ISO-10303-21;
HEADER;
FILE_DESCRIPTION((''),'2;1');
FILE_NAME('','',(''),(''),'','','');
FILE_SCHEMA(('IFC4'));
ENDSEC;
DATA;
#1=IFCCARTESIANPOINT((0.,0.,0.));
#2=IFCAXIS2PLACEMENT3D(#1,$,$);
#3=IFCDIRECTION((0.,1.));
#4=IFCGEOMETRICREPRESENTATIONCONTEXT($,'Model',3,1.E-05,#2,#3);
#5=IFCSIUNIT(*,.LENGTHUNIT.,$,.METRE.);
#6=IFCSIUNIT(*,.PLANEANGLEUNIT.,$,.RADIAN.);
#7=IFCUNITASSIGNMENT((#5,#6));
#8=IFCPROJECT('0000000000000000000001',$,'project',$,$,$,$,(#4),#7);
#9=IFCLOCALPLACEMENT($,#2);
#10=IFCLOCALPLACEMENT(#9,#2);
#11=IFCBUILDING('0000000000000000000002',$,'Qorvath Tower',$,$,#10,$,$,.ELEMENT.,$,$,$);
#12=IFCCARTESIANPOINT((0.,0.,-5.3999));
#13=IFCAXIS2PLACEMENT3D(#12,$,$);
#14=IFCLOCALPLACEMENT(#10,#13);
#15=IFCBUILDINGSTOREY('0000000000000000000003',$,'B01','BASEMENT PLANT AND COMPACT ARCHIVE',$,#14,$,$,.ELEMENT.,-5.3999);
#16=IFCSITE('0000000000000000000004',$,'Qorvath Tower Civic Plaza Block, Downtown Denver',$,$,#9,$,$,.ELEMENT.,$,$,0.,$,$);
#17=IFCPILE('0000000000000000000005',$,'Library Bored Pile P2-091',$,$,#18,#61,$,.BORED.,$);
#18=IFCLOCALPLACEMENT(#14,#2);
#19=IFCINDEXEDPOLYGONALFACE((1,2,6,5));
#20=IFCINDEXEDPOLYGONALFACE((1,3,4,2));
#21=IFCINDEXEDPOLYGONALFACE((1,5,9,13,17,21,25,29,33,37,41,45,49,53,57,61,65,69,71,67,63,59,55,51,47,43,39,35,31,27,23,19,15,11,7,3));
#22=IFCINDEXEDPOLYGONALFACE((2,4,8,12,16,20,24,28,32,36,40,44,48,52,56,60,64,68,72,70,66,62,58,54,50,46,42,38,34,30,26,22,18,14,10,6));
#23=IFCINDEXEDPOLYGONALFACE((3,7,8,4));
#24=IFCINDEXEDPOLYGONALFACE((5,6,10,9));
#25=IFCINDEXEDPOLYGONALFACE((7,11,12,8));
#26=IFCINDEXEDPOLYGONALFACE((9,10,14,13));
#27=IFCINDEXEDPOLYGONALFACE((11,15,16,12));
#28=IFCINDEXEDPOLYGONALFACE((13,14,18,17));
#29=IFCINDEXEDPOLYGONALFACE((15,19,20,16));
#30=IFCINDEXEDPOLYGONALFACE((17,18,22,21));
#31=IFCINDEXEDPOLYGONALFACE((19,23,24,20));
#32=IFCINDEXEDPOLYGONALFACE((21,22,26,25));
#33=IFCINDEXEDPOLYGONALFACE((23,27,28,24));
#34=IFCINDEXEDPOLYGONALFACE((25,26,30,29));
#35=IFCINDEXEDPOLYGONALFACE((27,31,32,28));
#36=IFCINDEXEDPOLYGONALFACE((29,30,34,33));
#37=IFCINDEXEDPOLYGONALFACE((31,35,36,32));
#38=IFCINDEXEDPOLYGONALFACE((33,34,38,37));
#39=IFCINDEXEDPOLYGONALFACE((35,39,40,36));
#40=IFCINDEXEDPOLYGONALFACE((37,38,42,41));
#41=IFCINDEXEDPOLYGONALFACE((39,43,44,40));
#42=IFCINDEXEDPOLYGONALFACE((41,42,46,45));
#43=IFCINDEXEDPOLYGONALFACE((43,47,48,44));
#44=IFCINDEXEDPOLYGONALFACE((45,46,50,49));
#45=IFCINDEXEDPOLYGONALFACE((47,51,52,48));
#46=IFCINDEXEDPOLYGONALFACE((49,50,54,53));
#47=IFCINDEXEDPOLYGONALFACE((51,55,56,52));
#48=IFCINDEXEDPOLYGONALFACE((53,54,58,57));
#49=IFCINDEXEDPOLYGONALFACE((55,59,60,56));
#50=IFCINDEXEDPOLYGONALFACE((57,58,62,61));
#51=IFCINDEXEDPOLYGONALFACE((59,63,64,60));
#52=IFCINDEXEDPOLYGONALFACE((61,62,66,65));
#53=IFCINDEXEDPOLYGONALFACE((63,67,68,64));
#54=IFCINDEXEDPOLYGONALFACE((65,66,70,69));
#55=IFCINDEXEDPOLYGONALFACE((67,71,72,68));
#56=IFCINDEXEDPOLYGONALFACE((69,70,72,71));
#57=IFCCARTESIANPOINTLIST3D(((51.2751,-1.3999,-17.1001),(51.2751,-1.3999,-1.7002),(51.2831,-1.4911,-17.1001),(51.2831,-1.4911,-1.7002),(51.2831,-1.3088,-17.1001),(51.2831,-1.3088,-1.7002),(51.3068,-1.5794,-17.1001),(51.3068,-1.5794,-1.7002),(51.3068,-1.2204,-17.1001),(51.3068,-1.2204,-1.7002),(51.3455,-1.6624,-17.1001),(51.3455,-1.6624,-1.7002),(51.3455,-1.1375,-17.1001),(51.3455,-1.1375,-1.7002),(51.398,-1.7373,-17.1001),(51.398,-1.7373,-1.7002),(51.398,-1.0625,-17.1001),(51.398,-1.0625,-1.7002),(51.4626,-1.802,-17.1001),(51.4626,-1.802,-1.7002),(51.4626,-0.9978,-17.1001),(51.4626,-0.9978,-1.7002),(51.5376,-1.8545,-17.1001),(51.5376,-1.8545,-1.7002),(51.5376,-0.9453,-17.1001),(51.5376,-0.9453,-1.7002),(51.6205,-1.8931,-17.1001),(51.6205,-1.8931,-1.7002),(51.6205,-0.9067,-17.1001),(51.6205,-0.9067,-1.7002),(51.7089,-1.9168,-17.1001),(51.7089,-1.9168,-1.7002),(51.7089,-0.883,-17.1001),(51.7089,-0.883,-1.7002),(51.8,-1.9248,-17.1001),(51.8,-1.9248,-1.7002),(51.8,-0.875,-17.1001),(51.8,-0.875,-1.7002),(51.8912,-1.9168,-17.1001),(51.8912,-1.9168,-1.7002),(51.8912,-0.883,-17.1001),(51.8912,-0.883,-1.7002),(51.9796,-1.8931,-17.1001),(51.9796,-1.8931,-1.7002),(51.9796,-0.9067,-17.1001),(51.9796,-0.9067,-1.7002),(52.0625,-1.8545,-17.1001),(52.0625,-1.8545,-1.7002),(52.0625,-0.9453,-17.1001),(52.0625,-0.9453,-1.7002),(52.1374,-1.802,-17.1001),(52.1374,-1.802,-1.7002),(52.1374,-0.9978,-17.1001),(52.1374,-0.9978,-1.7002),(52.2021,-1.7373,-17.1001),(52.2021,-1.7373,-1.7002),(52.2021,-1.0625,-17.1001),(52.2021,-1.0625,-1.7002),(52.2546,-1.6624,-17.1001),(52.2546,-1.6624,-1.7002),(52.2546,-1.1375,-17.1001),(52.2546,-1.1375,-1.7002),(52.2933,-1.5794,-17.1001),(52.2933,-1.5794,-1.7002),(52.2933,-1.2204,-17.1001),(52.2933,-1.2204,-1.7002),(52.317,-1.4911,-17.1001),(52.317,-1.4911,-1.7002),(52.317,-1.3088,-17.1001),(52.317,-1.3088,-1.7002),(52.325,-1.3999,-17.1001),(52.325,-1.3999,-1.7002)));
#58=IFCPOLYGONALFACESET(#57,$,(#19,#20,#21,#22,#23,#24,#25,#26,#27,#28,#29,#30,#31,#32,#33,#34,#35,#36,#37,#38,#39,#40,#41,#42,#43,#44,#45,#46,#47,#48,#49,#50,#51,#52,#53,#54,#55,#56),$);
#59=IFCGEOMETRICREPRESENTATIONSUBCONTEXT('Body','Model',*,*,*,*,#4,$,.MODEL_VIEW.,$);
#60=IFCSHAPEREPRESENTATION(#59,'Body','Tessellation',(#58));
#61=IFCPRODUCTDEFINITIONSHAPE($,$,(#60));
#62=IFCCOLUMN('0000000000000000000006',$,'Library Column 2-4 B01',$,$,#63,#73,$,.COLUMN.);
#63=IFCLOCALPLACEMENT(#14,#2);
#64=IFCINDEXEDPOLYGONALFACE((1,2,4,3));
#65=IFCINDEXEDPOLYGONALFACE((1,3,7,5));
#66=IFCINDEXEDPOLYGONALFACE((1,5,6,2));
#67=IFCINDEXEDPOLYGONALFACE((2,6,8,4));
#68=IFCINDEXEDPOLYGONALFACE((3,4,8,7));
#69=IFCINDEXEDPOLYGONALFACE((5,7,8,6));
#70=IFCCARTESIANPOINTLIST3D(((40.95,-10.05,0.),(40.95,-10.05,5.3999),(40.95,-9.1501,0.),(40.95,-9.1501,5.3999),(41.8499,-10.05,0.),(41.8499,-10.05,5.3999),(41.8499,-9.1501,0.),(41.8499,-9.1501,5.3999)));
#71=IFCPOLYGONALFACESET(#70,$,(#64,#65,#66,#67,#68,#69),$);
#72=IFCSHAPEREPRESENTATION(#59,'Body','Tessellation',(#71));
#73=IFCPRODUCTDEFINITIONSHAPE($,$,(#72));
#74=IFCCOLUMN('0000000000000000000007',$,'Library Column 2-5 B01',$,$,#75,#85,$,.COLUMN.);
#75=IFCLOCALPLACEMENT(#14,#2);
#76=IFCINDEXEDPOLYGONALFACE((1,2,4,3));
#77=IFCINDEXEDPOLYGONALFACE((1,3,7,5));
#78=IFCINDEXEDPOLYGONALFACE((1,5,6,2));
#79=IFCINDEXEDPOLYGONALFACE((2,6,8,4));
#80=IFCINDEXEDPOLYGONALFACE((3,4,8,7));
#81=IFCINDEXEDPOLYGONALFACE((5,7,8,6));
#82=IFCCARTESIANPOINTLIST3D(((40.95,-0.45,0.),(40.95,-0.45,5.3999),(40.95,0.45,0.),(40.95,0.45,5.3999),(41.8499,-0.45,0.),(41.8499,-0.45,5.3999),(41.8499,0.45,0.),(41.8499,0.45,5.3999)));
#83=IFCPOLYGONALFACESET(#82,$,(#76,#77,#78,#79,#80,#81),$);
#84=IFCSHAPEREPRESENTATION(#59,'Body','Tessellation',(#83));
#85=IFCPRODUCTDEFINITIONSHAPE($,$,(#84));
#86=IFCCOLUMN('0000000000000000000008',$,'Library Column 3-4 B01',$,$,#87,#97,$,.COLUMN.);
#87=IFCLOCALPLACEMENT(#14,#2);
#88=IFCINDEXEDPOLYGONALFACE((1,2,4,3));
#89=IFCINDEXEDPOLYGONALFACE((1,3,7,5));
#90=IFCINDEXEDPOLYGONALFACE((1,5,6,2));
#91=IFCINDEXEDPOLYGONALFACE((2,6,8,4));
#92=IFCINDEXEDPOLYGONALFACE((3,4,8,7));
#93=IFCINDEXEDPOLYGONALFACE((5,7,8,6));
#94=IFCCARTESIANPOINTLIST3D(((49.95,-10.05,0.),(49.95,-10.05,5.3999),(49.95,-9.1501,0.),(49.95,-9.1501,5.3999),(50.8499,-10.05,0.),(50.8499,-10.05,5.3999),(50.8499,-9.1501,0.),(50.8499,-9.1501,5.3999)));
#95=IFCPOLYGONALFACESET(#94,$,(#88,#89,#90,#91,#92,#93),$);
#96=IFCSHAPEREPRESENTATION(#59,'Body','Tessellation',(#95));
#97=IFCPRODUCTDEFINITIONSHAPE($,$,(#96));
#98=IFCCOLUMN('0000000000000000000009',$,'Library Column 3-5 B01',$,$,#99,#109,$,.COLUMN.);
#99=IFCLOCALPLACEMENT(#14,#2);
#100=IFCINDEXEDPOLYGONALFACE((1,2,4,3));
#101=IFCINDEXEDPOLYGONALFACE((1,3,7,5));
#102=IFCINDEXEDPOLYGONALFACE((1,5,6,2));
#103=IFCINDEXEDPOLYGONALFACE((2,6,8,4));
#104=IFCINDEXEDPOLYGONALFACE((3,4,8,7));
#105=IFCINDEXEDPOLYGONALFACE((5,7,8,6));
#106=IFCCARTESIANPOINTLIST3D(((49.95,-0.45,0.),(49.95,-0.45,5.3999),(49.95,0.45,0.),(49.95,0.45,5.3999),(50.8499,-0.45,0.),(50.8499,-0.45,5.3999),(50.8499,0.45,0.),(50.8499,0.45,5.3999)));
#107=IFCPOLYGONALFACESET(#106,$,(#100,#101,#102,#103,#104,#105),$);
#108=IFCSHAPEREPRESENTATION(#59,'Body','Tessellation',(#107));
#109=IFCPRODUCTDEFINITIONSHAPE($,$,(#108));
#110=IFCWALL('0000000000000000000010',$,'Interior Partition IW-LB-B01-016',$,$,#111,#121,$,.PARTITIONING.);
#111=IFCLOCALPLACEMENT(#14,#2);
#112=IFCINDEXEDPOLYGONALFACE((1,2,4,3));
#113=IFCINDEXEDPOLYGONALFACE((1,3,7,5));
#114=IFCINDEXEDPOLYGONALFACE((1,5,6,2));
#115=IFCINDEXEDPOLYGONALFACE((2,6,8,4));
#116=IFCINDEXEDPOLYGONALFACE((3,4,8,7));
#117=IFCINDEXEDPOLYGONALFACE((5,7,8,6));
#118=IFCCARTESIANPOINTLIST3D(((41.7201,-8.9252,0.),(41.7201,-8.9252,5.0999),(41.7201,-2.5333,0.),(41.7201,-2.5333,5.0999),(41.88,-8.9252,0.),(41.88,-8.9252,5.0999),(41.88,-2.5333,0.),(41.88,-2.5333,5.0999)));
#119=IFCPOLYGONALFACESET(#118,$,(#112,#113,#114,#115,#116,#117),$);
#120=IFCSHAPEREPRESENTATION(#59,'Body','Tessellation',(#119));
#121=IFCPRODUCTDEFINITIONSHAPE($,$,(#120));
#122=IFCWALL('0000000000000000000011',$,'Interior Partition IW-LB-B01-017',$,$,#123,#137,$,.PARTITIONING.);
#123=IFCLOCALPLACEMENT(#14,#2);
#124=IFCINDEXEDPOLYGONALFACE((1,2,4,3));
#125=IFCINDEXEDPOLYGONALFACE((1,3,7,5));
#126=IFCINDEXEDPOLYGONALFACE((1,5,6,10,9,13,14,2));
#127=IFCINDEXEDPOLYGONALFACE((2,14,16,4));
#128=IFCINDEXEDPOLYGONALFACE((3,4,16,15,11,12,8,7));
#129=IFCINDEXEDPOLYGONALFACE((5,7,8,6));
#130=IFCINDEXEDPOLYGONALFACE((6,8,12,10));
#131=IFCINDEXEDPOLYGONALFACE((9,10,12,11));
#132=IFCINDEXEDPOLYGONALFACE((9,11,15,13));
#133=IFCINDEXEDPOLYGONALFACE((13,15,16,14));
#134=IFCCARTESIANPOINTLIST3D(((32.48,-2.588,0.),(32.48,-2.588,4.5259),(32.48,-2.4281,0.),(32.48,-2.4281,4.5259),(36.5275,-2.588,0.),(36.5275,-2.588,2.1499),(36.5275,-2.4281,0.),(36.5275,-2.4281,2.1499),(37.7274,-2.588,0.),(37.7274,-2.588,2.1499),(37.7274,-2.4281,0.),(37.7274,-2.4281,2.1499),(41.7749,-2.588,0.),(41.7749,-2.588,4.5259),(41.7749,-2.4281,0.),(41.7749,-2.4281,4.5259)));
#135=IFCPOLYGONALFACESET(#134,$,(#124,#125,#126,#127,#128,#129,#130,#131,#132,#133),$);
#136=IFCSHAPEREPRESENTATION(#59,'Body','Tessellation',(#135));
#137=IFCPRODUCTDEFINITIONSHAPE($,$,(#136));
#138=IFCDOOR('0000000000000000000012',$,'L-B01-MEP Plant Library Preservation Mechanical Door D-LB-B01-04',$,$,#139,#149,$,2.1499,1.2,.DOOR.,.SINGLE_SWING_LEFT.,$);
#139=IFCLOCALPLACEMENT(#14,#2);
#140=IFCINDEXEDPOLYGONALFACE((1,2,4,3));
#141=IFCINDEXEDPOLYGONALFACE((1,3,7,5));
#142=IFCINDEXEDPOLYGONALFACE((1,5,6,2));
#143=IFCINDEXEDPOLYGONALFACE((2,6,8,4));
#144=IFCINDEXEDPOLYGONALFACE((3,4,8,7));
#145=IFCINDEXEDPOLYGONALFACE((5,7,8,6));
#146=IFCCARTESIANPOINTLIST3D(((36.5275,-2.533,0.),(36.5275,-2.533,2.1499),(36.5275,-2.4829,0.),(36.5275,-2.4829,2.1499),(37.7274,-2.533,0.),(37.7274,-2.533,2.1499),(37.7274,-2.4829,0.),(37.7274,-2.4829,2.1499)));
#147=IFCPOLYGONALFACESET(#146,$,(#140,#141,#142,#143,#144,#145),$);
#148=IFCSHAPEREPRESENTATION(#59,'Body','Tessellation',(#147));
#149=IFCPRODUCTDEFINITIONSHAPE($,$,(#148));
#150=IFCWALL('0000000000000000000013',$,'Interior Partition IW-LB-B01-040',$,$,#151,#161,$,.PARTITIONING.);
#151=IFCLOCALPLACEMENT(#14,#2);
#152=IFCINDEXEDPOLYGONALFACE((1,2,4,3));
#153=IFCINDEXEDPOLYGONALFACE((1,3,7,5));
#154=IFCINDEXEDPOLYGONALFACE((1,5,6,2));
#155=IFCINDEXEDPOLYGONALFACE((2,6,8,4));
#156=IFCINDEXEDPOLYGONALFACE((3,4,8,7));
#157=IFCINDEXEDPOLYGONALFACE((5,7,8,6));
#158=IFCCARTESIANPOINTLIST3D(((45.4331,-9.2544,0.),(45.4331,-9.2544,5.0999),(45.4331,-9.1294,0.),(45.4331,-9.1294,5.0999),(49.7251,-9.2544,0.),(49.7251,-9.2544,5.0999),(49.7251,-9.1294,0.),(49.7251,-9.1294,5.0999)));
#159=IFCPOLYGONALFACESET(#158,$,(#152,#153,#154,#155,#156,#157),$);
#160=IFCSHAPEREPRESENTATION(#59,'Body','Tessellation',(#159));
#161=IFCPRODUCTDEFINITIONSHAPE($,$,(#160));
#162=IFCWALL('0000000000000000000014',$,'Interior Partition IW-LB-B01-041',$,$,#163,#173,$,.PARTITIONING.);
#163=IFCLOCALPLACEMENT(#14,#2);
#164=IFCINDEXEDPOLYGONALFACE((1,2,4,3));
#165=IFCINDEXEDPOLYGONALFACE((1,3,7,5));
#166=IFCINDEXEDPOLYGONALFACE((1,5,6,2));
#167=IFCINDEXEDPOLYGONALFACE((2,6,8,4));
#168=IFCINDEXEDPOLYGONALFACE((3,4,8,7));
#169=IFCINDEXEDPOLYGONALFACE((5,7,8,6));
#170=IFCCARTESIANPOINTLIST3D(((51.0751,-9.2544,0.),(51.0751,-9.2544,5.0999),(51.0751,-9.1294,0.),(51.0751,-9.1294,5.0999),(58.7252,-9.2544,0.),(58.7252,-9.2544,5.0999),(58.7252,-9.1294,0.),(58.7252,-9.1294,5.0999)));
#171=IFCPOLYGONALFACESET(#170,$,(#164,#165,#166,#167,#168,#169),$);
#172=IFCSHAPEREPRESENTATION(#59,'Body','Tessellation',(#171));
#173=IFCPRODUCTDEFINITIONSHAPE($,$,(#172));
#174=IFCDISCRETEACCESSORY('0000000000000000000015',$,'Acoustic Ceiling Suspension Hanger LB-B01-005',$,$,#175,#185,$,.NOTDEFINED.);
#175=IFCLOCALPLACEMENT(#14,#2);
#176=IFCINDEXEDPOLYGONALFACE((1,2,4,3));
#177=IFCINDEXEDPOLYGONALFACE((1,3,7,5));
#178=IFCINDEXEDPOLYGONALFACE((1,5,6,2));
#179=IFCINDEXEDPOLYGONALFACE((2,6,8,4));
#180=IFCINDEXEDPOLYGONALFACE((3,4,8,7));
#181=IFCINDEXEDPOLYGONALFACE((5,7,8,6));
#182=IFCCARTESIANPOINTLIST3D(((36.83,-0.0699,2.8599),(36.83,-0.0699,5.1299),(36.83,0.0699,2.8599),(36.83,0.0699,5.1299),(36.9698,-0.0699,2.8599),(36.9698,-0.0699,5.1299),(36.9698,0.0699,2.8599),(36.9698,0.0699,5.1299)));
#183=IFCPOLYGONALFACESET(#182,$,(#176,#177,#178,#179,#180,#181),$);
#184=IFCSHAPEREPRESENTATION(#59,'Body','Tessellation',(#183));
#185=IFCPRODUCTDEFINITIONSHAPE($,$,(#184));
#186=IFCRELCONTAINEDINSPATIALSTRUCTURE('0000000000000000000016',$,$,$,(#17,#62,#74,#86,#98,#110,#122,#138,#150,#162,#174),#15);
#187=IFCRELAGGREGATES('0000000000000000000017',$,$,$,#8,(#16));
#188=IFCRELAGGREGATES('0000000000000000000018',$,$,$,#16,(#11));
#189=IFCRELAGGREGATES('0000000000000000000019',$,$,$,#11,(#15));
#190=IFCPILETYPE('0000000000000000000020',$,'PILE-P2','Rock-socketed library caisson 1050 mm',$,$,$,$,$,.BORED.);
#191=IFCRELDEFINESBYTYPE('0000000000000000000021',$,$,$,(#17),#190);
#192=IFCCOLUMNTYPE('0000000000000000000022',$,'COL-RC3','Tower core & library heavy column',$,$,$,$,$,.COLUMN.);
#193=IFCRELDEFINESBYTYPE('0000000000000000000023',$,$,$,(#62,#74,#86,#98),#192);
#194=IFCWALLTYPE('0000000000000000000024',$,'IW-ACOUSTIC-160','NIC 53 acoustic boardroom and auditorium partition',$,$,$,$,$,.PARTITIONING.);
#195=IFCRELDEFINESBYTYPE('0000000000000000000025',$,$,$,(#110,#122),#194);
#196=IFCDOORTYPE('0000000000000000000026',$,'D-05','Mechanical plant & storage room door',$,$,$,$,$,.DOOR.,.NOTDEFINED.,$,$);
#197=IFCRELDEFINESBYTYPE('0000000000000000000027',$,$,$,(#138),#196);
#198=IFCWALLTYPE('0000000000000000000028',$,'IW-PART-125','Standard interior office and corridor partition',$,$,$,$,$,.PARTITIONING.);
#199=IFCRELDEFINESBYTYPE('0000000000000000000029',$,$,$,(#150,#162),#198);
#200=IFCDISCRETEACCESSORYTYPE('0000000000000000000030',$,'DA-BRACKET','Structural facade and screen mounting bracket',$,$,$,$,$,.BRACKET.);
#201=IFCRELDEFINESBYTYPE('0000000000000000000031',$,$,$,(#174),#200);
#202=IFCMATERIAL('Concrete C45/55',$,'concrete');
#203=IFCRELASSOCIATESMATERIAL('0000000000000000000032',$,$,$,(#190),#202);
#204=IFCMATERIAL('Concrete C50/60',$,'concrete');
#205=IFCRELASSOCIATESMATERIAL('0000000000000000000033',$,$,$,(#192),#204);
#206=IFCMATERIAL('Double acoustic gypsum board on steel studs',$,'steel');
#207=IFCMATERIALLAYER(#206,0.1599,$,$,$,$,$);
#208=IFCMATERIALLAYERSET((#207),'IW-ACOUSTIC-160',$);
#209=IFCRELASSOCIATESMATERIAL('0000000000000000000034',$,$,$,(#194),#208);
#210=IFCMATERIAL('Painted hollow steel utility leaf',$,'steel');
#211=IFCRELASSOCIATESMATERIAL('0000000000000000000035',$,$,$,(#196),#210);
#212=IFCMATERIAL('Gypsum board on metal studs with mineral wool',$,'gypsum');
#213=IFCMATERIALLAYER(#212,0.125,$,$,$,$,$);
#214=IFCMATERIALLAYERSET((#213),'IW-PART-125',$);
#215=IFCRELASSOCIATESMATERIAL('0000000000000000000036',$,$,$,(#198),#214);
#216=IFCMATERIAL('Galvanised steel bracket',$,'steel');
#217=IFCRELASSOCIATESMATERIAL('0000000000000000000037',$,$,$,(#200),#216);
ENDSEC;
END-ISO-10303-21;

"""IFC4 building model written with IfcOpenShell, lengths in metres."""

from ifc_helpers import new_model, si_unit, direction, frame, frame_2d, origin, origin_2d, place, context, subcontext, project, spatial, rectangle, circle, extrude, material, layer, layer_set, material_profile, profile_set, type_object, element, fill, save


model = new_model("IFC4")

# Units and contexts
model_context = context("Model", 3, precision=1e-05, world=origin(), true_north=direction((0.0, 1.0)))
body_context = subcontext(model_context, "Body", "Model", "MODEL_VIEW")
ifc_project = project(units=[si_unit("LENGTHUNIT", "METRE"), si_unit("PLANEANGLEUNIT", "RADIAN")], contexts=[model_context])

# Site, building, storey
site_placement = place(None, origin())
site = spatial("IfcSite", under=ifc_project, at=site_placement, Name="Qorvath Tower Civic Plaza Block, Downtown Denver", CompositionType="ELEMENT", RefElevation=0.0)
building_placement = place(site_placement, origin())
building = spatial("IfcBuilding", under=site, at=building_placement, Name="Qorvath Tower", CompositionType="ELEMENT")
storey_placement = place(building_placement, frame((0.0, 0.0, -5.3999)))
storey = spatial("IfcBuildingStorey", under=building, at=storey_placement, Name="B01", Description="BASEMENT PLANT AND COMPACT ARCHIVE", CompositionType="ELEMENT", Elevation=-5.3999)

# Pile
ifc_material_1 = material(Name="Concrete C45/55", Category="concrete")
ifc_material_profile_1 = material_profile(ifc_material_1, circle(Radius=0.5249, at=origin_2d()), Name="BORED PILE 1050")
ifc_profile_set_1 = profile_set([ifc_material_profile_1], Name="Concrete C45/55")
pile_type = type_object("IfcPileType", Name="PILE-P2", Description="Rock-socketed library caisson 1050 mm", PredefinedType="BORED", material=ifc_profile_set_1)
for number, where, z_axis, x_axis, name in (
    (1, (51.8, -1.3999, -1.7002), (0.0, 0.0, -1.0), (1.0, 0.0, 0.0), "Library Bored Pile P2-091"),
):
    element("IfcPile", number, at=place(storey_placement, frame(where, z_axis=z_axis, x_axis=x_axis)), inside=storey, type_object=pile_type, Name=name, PredefinedType="BORED", context=body_context, shape_type="SweptSolid", body=[
        extrude(circle(Radius=0.5249, at=origin_2d()), origin(), (0.0, 0.0, 1.0), 15.3999),
    ])

# Columns
ifc_material_2 = material(Name="Concrete C50/60", Category="concrete")
ifc_material_profile_2 = material_profile(ifc_material_2, rectangle(XDim=0.8999, YDim=0.8999, at=origin_2d()), Name="RC 900x900")
ifc_profile_set_2 = profile_set([ifc_material_profile_2], Name="Concrete C50/60")
column_type = type_object("IfcColumnType", Name="COL-RC3", Description="Tower core & library heavy column", PredefinedType="COLUMN", material=ifc_profile_set_2)
for number, where, z_axis, x_axis, name in (
    (2, (41.3999, -9.6001, 0.0), (0.0, 0.0, 1.0), (1.0, 0.0, 0.0), "Library Column 2-4 B01"),
    (3, (41.3999, 0.0, 0.0), (0.0, 0.0, 1.0), (1.0, 0.0, 0.0), "Library Column 2-5 B01"),
    (4, (50.3999, -9.6001, 0.0), (0.0, 0.0, 1.0), (1.0, 0.0, 0.0), "Library Column 3-4 B01"),
    (5, (50.3999, 0.0, 0.0), (0.0, 0.0, 1.0), (1.0, 0.0, 0.0), "Library Column 3-5 B01"),
):
    element("IfcColumn", number, at=place(storey_placement, frame(where, z_axis=z_axis, x_axis=x_axis)), inside=storey, type_object=column_type, Name=name, PredefinedType="COLUMN", context=body_context, shape_type="SweptSolid", body=[
        extrude(rectangle(XDim=0.8999, YDim=0.8999, at=origin_2d()), origin(), (0.0, 0.0, 1.0), 5.3999),
    ])

# Wall
ifc_material_3 = material(Name="Double acoustic gypsum board on steel studs", Category="steel")
ifc_layer_1 = layer(ifc_material_3, 0.1599)
ifc_layer_set_1 = layer_set([ifc_layer_1], Name="IW-ACOUSTIC-160")
wall_type_1 = type_object("IfcWallType", Name="IW-ACOUSTIC-160", Description="NIC 53 acoustic boardroom and auditorium partition", PredefinedType="PARTITIONING", material=ifc_layer_set_1)
wall_1_placement = place(storey_placement, frame((41.8, -8.925, 0.0), z_axis=(0.0, 0.0, 1.0), x_axis=(0.0, 1.0, 0.0)))
element("IfcWall", 6, at=wall_1_placement, inside=storey, type_object=wall_type_1, Name="Interior Partition IW-LB-B01-016", PredefinedType="PARTITIONING", context=body_context, shape_type="SweptSolid", body=[
    extrude(rectangle(XDim=6.3918, YDim=0.1599, at=frame_2d((3.1958, 0.0))), origin(), (0.0, 0.0, 1.0), 5.0999),
])

# Wall, opening, door
wall_2_placement = place(storey_placement, frame((41.7749, -2.5081, 0.0), z_axis=(0.0, 0.0, 1.0), x_axis=(-1.0, 0.0, 0.0)))
wall_2 = element("IfcWall", 7, at=wall_2_placement, inside=storey, type_object=wall_type_1, Name="Interior Partition IW-LB-B01-017", PredefinedType="PARTITIONING", context=body_context, shape_type="SweptSolid", body=[
    extrude(rectangle(XDim=9.2949, YDim=0.1599, at=frame_2d((4.6475, 0.0))), origin(), (0.0, 0.0, 1.0), 4.5259),
])
opening_placement = place(wall_2_placement, frame((4.0474, 0.0, 0.0)))
opening = element("IfcOpeningElement", 8, at=opening_placement, cuts=wall_2, PredefinedType="OPENING", context=body_context, shape_type="SweptSolid", body=[
    extrude(rectangle(XDim=1.2, YDim=2.1499, at=frame_2d((0.6001, 1.075))), frame((0.0, 0.0898, 0.0), z_axis=(0.0, -1.0, 0.0), x_axis=(1.0, 0.0, 0.0)), (0.0, 0.0, 1.0), 0.1799),
])
ifc_material_4 = material(Name="Painted hollow steel utility leaf", Category="steel")
door_type = type_object("IfcDoorType", Name="D-05", Description="Mechanical plant & storage room door", OperationType="NOTDEFINED", PredefinedType="DOOR", material=ifc_material_4)
door_placement = place(opening_placement, origin())
door = element("IfcDoor", 9, at=door_placement, inside=storey, type_object=door_type, Name="L-B01-MEP Plant Library Preservation Mechanical Door D-LB-B01-04", OperationType="SINGLE_SWING_LEFT", OverallHeight=2.1499, OverallWidth=1.2, PredefinedType="DOOR", context=body_context, shape_type="SweptSolid", body=[
    extrude(rectangle(XDim=1.2, YDim=2.1499, at=frame_2d((0.6001, 1.075))), frame((0.0, 0.0249, 0.0), z_axis=(0.0, -1.0, 0.0), x_axis=(1.0, 0.0, 0.0)), (0.0, 0.0, 1.0), 0.05),
])
fill(opening, door)

# Walls
ifc_material_5 = material(Name="Gypsum board on metal studs with mineral wool", Category="gypsum")
ifc_layer_2 = layer(ifc_material_5, 0.125)
ifc_layer_set_2 = layer_set([ifc_layer_2], Name="IW-PART-125")
wall_type_2 = type_object("IfcWallType", Name="IW-PART-125", Description="Standard interior office and corridor partition", PredefinedType="PARTITIONING", material=ifc_layer_set_2)
wall_3_placement = place(storey_placement, frame((45.4331, -9.1919, 0.0), z_axis=(0.0, 0.0, 1.0), x_axis=(1.0, 0.0, 0.0)))
element("IfcWall", 10, at=wall_3_placement, inside=storey, type_object=wall_type_2, Name="Interior Partition IW-LB-B01-040", PredefinedType="PARTITIONING", context=body_context, shape_type="SweptSolid", body=[
    extrude(rectangle(XDim=4.292, YDim=0.125, at=frame_2d((2.146, 0.0))), origin(), (0.0, 0.0, 1.0), 5.0999),
])
wall_4_placement = place(storey_placement, frame((51.075, -9.1919, 0.0), z_axis=(0.0, 0.0, 1.0), x_axis=(1.0, 0.0, 0.0)))
element("IfcWall", 11, at=wall_4_placement, inside=storey, type_object=wall_type_2, Name="Interior Partition IW-LB-B01-041", PredefinedType="PARTITIONING", context=body_context, shape_type="SweptSolid", body=[
    extrude(rectangle(XDim=7.6501, YDim=0.125, at=frame_2d((3.8252, 0.0))), origin(), (0.0, 0.0, 1.0), 5.0999),
])

# Discrete accessory
ifc_material_6 = material(Name="Galvanised steel bracket", Category="steel")
discrete_accessory_type = type_object("IfcDiscreteAccessoryType", Name="DA-BRACKET", Description="Structural facade and screen mounting bracket", PredefinedType="BRACKET", material=ifc_material_6)
discrete_accessory_placement = place(storey_placement, frame((36.8999, 0.0, 2.8599), z_axis=(0.0, 0.0, 1.0), x_axis=(1.0, 0.0, 0.0)))
element("IfcDiscreteAccessory", 12, at=discrete_accessory_placement, inside=storey, type_object=discrete_accessory_type, Name="Acoustic Ceiling Suspension Hanger LB-B01-005", PredefinedType="NOTDEFINED", context=body_context, shape_type="SweptSolid", body=[
    extrude(rectangle(XDim=0.1399, YDim=0.1399, at=origin_2d()), origin(), (0.0, 0.0, 1.0), 2.27),
])

save(model, "model.ifc")
